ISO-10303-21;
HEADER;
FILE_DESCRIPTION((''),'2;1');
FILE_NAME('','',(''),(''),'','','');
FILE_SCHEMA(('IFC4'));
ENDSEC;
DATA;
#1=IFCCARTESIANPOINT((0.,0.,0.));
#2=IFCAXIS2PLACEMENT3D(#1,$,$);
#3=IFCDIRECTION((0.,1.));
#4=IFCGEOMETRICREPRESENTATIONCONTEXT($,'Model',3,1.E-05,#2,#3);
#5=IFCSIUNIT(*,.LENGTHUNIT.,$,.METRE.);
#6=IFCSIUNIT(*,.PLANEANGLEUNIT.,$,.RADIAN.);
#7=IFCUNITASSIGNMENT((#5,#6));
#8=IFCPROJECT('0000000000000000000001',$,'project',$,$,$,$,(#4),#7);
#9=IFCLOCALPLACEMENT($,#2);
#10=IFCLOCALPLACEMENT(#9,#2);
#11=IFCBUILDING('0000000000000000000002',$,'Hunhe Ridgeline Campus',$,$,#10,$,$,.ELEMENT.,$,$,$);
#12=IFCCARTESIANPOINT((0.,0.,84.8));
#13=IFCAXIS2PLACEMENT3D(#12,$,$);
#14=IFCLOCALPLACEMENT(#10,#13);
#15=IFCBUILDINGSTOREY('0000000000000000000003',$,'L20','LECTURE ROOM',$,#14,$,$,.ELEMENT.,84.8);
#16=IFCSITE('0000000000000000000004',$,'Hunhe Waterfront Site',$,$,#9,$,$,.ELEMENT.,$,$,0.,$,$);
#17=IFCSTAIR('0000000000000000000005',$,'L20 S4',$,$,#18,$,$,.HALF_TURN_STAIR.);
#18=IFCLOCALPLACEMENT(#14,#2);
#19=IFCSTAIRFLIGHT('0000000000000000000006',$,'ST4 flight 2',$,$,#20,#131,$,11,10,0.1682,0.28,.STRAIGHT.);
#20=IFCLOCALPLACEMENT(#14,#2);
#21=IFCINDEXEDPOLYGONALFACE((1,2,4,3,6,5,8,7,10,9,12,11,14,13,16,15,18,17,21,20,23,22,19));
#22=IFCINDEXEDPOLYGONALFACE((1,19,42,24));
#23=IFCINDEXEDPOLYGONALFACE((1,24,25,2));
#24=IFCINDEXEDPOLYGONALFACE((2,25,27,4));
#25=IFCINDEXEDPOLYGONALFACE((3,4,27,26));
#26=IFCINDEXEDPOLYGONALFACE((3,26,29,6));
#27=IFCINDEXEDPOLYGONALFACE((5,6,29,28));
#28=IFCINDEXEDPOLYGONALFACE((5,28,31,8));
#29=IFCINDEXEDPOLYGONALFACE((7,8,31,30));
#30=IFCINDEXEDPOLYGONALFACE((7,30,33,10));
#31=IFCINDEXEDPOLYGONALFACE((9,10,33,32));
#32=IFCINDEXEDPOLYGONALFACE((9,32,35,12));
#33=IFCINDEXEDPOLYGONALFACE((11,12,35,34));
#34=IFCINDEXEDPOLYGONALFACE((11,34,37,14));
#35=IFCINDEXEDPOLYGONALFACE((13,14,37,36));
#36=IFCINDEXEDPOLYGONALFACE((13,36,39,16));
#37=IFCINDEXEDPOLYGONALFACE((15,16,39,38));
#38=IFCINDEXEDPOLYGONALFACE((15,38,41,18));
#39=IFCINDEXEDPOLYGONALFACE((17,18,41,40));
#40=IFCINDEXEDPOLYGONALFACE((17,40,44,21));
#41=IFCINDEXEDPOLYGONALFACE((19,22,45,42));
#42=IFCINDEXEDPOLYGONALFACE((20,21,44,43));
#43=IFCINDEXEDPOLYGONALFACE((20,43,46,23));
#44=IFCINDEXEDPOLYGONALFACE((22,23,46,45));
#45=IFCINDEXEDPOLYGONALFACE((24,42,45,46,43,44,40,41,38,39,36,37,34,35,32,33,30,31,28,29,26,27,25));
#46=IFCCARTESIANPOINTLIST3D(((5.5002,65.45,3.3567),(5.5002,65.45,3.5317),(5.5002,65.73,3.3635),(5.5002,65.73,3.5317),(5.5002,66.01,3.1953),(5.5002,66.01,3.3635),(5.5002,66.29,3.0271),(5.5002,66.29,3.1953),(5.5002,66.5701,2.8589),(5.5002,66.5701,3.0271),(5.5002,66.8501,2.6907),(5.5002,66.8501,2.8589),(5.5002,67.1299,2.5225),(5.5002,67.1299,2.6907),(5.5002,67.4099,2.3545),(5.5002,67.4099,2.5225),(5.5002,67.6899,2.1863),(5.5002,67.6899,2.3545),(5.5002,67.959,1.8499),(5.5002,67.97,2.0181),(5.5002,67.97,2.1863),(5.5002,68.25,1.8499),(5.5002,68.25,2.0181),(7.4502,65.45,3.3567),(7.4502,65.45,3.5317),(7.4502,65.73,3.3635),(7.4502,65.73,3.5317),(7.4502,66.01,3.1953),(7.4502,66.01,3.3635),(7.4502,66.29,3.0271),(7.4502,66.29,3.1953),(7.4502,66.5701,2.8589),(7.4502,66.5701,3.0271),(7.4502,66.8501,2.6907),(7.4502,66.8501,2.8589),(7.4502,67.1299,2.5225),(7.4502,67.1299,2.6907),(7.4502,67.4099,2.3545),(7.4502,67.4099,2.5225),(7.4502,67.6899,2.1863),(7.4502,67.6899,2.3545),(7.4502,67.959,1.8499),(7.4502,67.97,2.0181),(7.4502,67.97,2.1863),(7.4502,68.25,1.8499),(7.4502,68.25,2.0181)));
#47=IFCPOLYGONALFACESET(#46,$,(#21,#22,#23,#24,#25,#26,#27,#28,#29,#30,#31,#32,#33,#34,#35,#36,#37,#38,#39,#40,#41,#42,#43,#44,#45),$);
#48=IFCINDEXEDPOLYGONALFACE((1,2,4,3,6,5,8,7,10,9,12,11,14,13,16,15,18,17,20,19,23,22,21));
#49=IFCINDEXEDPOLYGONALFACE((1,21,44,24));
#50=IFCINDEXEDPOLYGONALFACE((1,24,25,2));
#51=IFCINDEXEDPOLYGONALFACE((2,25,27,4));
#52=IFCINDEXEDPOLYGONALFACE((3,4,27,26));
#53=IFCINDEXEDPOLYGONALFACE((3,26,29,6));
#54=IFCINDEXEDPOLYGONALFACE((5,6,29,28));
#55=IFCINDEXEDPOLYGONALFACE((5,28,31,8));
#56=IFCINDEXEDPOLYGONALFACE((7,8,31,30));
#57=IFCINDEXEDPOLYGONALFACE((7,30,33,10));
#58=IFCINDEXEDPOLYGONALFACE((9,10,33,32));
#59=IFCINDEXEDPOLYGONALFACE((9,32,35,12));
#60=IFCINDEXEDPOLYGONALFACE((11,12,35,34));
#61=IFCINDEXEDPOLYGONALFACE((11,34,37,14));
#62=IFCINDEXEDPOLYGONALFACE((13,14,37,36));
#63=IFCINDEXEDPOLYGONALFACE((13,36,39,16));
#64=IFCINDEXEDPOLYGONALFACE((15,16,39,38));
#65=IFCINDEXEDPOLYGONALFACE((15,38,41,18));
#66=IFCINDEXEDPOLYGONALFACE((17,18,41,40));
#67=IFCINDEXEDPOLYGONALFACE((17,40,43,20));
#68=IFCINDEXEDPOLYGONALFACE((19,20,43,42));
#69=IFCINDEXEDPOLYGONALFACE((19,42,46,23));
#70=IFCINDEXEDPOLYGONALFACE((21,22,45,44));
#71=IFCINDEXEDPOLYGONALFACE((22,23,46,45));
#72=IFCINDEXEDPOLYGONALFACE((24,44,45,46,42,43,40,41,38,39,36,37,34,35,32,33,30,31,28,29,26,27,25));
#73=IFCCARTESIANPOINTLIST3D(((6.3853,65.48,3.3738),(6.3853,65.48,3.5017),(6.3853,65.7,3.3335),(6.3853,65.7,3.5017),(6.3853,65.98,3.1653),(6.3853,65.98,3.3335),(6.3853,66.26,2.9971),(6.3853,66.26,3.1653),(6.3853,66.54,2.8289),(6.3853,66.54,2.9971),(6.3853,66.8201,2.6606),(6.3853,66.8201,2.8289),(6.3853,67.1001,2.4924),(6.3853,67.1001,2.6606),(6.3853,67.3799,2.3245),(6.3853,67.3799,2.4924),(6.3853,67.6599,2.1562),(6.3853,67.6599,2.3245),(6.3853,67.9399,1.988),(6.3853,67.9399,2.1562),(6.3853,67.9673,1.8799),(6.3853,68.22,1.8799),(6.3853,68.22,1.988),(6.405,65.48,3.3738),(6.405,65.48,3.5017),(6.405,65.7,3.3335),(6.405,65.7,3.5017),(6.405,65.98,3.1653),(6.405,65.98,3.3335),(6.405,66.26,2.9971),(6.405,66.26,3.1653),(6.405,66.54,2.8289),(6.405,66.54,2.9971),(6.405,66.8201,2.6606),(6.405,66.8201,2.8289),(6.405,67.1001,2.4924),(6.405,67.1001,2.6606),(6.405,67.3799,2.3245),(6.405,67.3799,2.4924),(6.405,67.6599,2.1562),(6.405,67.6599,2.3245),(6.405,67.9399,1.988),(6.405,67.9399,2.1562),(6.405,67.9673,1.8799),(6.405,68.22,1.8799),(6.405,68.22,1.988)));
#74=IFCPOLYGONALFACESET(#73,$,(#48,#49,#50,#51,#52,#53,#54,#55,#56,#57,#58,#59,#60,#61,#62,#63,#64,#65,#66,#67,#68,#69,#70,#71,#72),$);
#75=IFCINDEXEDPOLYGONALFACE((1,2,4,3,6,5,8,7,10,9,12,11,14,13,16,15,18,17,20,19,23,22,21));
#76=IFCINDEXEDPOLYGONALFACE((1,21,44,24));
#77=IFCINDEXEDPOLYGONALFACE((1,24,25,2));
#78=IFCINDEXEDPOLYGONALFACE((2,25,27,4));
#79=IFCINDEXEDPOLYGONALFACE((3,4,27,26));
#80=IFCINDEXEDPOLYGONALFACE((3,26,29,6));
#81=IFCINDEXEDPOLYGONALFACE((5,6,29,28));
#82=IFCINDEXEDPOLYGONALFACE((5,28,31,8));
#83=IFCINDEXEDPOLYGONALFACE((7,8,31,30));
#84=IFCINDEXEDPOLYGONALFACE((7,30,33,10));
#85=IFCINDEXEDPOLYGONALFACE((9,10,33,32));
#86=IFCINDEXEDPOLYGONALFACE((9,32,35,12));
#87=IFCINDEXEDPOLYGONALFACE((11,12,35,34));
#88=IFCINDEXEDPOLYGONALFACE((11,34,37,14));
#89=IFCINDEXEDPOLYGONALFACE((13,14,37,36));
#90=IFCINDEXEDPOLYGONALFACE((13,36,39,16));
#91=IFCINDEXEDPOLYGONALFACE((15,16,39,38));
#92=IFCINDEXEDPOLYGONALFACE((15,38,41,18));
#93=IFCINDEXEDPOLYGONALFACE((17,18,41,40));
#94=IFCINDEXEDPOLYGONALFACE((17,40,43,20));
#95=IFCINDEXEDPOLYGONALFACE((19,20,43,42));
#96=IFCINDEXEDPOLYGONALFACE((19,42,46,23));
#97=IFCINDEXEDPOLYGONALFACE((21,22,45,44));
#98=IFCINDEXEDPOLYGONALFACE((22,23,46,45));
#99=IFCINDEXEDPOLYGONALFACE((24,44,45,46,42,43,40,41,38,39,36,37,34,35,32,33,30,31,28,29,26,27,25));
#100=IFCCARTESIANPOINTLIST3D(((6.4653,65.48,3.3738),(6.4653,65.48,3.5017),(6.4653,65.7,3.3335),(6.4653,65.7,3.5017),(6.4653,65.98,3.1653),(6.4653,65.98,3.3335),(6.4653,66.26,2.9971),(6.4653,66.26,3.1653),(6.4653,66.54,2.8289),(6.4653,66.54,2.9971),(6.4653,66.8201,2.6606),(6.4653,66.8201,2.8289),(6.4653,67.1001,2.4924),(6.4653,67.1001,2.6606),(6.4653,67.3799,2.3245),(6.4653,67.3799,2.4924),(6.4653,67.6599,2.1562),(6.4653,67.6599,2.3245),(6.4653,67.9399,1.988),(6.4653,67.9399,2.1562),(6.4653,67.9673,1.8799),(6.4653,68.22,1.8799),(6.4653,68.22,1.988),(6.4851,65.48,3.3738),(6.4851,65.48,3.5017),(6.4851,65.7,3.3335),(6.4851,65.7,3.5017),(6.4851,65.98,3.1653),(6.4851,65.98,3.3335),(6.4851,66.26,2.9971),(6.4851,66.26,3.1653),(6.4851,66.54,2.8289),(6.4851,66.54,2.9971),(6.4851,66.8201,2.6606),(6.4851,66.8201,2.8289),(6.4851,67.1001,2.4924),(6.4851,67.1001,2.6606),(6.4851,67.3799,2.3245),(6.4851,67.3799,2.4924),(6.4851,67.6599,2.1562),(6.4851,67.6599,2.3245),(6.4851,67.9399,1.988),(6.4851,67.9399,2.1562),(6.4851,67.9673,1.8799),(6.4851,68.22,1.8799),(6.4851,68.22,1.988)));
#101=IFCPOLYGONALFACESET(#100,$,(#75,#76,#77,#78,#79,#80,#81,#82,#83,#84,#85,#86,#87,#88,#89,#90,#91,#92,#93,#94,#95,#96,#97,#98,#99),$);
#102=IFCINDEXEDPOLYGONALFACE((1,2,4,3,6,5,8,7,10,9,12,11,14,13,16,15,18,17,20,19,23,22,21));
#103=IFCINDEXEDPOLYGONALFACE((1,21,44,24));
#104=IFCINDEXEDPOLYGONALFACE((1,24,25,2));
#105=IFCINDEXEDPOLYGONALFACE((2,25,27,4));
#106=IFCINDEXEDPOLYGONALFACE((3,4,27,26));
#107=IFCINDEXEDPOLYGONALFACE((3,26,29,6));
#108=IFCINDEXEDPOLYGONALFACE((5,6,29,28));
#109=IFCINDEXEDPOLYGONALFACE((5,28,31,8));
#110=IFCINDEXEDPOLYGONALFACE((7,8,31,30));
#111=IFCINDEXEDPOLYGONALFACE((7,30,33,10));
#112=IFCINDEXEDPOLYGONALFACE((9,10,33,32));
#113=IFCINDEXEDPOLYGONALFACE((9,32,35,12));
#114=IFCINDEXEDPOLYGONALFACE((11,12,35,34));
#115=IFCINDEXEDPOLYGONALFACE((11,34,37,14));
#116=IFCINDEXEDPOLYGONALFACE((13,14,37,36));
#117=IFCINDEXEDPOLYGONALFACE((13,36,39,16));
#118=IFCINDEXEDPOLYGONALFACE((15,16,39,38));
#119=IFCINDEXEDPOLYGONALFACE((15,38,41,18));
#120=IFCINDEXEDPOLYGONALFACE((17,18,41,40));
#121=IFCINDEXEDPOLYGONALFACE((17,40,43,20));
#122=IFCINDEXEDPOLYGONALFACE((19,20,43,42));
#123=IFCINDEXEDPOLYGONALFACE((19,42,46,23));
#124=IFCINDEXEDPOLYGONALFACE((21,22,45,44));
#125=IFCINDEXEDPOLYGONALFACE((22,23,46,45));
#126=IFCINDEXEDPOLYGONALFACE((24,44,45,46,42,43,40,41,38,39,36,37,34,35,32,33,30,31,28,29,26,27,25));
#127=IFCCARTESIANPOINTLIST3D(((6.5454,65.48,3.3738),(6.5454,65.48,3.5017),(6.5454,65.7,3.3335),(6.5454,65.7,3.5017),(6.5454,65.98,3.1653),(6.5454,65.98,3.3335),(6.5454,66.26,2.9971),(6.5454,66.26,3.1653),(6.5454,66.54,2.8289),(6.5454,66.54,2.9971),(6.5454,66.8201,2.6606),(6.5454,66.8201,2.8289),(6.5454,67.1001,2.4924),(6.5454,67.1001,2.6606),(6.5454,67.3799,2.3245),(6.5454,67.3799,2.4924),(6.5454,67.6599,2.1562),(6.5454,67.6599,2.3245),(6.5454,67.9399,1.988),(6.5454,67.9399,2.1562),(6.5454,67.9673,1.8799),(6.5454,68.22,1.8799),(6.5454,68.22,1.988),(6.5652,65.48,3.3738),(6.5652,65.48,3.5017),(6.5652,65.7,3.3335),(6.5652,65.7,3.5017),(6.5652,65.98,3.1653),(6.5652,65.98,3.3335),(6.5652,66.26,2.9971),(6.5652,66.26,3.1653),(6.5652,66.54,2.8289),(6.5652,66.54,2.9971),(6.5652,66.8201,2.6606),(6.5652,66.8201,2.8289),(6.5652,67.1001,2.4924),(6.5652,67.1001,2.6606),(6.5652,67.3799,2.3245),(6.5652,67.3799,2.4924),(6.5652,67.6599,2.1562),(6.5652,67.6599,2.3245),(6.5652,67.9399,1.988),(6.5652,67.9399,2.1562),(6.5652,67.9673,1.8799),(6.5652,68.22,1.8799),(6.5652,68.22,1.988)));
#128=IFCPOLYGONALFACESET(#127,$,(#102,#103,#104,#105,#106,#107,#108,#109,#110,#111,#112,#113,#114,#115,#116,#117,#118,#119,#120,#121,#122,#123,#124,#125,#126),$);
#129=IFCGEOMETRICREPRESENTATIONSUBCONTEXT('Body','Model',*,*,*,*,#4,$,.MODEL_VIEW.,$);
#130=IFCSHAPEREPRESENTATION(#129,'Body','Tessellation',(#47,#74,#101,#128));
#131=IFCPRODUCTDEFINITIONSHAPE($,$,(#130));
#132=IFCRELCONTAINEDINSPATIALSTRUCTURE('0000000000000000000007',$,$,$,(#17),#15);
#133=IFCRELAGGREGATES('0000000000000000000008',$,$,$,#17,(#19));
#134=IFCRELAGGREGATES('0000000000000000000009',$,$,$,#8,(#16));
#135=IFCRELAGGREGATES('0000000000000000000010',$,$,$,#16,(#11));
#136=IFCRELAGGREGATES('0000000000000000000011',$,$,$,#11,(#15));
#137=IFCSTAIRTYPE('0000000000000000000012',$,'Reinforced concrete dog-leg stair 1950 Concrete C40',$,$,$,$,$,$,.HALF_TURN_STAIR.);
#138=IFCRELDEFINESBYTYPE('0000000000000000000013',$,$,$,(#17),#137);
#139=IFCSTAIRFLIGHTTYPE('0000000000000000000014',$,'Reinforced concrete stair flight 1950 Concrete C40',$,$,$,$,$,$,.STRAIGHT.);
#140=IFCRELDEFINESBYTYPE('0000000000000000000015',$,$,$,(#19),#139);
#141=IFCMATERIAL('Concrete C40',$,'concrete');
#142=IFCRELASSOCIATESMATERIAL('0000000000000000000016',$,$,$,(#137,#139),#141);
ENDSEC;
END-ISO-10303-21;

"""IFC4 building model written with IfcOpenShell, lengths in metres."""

from ifc_helpers import new_model, si_unit, direction, frame, origin, place, context, subcontext, project, spatial, polyline, outline, extrude, material, type_object, element, aggregate, save


model = new_model("IFC4")

# Units and contexts
model_context = context("Model", 3, precision=1e-05, world=origin(), true_north=direction((0.0, 1.0)))
body_context = subcontext(model_context, "Body", "Model", "MODEL_VIEW")
ifc_project = project(units=[si_unit("LENGTHUNIT", "METRE"), si_unit("PLANEANGLEUNIT", "RADIAN")], contexts=[model_context])

# Site, building, storey
site_placement = place(None, origin())
site = spatial("IfcSite", under=ifc_project, at=site_placement, Name="Hunhe Waterfront Site", CompositionType="ELEMENT", RefElevation=0.0)
building_placement = place(site_placement, origin())
building = spatial("IfcBuilding", under=site, at=building_placement, Name="Hunhe Ridgeline Campus", CompositionType="ELEMENT")
storey_placement = place(building_placement, frame((0.0, 0.0, 84.8)))
storey = spatial("IfcBuildingStorey", under=building, at=storey_placement, Name="L20", Description="LECTURE ROOM", CompositionType="ELEMENT", Elevation=84.8)

# Stair, stair flight
ifc_material_1 = material(Name="Concrete C40", Category="concrete")
stair_type = type_object("IfcStairType", Name="Reinforced concrete dog-leg stair 1950 Concrete C40", PredefinedType="HALF_TURN_STAIR", material=ifc_material_1)
stair_flight_type = type_object("IfcStairFlightType", Name="Reinforced concrete stair flight 1950 Concrete C40", PredefinedType="STRAIGHT", material=ifc_material_1)
stair_1_placement = place(storey_placement, origin())
stair_1 = element("IfcStair", 1, at=stair_1_placement, inside=storey, type_object=stair_type, Name="L20 S4", PredefinedType="HALF_TURN_STAIR")
stair_flight_1_placement = place(storey_placement, frame((6.4751, 68.25, 1.8499), z_axis=(0.0, 0.0, 1.0), x_axis=(0.0, -1.0, 0.0)))
stair_flight_1 = element("IfcStairFlight", 2, at=stair_flight_1_placement, type_object=stair_flight_type, Name="ST4 flight 2", NumberOfRisers=11, NumberOfTreads=10, PredefinedType="STRAIGHT", RiserHeight=0.1682, TreadLength=0.28, context=body_context, shape_type="SweptSolid", body=[
    extrude(outline(polyline([(0.0, 0.0), (0.0, 0.1682), (0.28, 0.1682), (0.28, 0.3364), (0.5601, 0.3364), (0.5601, 0.5046), (0.8401, 0.5046), (0.8401, 0.6726), (1.1201, 0.6726), (1.1201, 0.8408), (1.3999, 0.8408), (1.3999, 1.009), (1.6799, 1.009), (1.6799, 1.1772), (1.96, 1.1772), (1.96, 1.3455), (2.24, 1.3455), (2.24, 1.5137), (2.52, 1.5137), (2.52, 1.6819), (2.8, 1.6819), (2.8, 1.8501), (2.8, 1.5068), (0.291, 0.0), (0.0, 0.0)])), frame((0.0, 0.9751, 0.0), z_axis=(0.0, -1.0, 0.0), x_axis=(1.0, 0.0, 0.0)), (0.0, 0.0, 1.0), 1.95),
    extrude(outline(polyline([(0.03, 0.03), (0.03, 0.1382), (0.3101, 0.1382), (0.3101, 0.3064), (0.5901, 0.3064), (0.5901, 0.4746), (0.8701, 0.4746), (0.8701, 0.6426), (1.1499, 0.6426), (1.1499, 0.8108), (1.4299, 0.8108), (1.4299, 0.979), (1.71, 0.979), (1.71, 1.1472), (1.99, 1.1472), (1.99, 1.3154), (2.27, 1.3154), (2.27, 1.4836), (2.55, 1.4836), (2.55, 1.6519), (2.77, 1.6519), (2.77, 1.5239), (0.2827, 0.03), (0.03, 0.03)])), frame((0.0, -0.0701, 0.0), z_axis=(0.0, -1.0, 0.0), x_axis=(1.0, 0.0, 0.0)), (0.0, 0.0, 1.0), 0.0198),
    extrude(outline(polyline([(0.03, 0.03), (0.03, 0.1382), (0.3101, 0.1382), (0.3101, 0.3064), (0.5901, 0.3064), (0.5901, 0.4746), (0.8701, 0.4746), (0.8701, 0.6426), (1.1499, 0.6426), (1.1499, 0.8108), (1.4299, 0.8108), (1.4299, 0.979), (1.71, 0.979), (1.71, 1.1472), (1.99, 1.1472), (1.99, 1.3154), (2.27, 1.3154), (2.27, 1.4836), (2.55, 1.4836), (2.55, 1.6519), (2.77, 1.6519), (2.77, 1.5239), (0.2827, 0.03), (0.03, 0.03)])), frame((0.0, 0.01, 0.0), z_axis=(0.0, -1.0, 0.0), x_axis=(1.0, 0.0, 0.0)), (0.0, 0.0, 1.0), 0.0198),
    extrude(outline(polyline([(0.03, 0.03), (0.03, 0.1382), (0.3101, 0.1382), (0.3101, 0.3064), (0.5901, 0.3064), (0.5901, 0.4746), (0.8701, 0.4746), (0.8701, 0.6426), (1.1499, 0.6426), (1.1499, 0.8108), (1.4299, 0.8108), (1.4299, 0.979), (1.71, 0.979), (1.71, 1.1472), (1.99, 1.1472), (1.99, 1.3154), (2.27, 1.3154), (2.27, 1.4836), (2.55, 1.4836), (2.55, 1.6519), (2.77, 1.6519), (2.77, 1.5239), (0.2827, 0.03), (0.03, 0.03)])), frame((0.0, 0.0901, 0.0), z_axis=(0.0, -1.0, 0.0), x_axis=(1.0, 0.0, 0.0)), (0.0, 0.0, 1.0), 0.0198),
])
aggregate(stair_1, [stair_flight_1])

save(model, "model.ifc")
